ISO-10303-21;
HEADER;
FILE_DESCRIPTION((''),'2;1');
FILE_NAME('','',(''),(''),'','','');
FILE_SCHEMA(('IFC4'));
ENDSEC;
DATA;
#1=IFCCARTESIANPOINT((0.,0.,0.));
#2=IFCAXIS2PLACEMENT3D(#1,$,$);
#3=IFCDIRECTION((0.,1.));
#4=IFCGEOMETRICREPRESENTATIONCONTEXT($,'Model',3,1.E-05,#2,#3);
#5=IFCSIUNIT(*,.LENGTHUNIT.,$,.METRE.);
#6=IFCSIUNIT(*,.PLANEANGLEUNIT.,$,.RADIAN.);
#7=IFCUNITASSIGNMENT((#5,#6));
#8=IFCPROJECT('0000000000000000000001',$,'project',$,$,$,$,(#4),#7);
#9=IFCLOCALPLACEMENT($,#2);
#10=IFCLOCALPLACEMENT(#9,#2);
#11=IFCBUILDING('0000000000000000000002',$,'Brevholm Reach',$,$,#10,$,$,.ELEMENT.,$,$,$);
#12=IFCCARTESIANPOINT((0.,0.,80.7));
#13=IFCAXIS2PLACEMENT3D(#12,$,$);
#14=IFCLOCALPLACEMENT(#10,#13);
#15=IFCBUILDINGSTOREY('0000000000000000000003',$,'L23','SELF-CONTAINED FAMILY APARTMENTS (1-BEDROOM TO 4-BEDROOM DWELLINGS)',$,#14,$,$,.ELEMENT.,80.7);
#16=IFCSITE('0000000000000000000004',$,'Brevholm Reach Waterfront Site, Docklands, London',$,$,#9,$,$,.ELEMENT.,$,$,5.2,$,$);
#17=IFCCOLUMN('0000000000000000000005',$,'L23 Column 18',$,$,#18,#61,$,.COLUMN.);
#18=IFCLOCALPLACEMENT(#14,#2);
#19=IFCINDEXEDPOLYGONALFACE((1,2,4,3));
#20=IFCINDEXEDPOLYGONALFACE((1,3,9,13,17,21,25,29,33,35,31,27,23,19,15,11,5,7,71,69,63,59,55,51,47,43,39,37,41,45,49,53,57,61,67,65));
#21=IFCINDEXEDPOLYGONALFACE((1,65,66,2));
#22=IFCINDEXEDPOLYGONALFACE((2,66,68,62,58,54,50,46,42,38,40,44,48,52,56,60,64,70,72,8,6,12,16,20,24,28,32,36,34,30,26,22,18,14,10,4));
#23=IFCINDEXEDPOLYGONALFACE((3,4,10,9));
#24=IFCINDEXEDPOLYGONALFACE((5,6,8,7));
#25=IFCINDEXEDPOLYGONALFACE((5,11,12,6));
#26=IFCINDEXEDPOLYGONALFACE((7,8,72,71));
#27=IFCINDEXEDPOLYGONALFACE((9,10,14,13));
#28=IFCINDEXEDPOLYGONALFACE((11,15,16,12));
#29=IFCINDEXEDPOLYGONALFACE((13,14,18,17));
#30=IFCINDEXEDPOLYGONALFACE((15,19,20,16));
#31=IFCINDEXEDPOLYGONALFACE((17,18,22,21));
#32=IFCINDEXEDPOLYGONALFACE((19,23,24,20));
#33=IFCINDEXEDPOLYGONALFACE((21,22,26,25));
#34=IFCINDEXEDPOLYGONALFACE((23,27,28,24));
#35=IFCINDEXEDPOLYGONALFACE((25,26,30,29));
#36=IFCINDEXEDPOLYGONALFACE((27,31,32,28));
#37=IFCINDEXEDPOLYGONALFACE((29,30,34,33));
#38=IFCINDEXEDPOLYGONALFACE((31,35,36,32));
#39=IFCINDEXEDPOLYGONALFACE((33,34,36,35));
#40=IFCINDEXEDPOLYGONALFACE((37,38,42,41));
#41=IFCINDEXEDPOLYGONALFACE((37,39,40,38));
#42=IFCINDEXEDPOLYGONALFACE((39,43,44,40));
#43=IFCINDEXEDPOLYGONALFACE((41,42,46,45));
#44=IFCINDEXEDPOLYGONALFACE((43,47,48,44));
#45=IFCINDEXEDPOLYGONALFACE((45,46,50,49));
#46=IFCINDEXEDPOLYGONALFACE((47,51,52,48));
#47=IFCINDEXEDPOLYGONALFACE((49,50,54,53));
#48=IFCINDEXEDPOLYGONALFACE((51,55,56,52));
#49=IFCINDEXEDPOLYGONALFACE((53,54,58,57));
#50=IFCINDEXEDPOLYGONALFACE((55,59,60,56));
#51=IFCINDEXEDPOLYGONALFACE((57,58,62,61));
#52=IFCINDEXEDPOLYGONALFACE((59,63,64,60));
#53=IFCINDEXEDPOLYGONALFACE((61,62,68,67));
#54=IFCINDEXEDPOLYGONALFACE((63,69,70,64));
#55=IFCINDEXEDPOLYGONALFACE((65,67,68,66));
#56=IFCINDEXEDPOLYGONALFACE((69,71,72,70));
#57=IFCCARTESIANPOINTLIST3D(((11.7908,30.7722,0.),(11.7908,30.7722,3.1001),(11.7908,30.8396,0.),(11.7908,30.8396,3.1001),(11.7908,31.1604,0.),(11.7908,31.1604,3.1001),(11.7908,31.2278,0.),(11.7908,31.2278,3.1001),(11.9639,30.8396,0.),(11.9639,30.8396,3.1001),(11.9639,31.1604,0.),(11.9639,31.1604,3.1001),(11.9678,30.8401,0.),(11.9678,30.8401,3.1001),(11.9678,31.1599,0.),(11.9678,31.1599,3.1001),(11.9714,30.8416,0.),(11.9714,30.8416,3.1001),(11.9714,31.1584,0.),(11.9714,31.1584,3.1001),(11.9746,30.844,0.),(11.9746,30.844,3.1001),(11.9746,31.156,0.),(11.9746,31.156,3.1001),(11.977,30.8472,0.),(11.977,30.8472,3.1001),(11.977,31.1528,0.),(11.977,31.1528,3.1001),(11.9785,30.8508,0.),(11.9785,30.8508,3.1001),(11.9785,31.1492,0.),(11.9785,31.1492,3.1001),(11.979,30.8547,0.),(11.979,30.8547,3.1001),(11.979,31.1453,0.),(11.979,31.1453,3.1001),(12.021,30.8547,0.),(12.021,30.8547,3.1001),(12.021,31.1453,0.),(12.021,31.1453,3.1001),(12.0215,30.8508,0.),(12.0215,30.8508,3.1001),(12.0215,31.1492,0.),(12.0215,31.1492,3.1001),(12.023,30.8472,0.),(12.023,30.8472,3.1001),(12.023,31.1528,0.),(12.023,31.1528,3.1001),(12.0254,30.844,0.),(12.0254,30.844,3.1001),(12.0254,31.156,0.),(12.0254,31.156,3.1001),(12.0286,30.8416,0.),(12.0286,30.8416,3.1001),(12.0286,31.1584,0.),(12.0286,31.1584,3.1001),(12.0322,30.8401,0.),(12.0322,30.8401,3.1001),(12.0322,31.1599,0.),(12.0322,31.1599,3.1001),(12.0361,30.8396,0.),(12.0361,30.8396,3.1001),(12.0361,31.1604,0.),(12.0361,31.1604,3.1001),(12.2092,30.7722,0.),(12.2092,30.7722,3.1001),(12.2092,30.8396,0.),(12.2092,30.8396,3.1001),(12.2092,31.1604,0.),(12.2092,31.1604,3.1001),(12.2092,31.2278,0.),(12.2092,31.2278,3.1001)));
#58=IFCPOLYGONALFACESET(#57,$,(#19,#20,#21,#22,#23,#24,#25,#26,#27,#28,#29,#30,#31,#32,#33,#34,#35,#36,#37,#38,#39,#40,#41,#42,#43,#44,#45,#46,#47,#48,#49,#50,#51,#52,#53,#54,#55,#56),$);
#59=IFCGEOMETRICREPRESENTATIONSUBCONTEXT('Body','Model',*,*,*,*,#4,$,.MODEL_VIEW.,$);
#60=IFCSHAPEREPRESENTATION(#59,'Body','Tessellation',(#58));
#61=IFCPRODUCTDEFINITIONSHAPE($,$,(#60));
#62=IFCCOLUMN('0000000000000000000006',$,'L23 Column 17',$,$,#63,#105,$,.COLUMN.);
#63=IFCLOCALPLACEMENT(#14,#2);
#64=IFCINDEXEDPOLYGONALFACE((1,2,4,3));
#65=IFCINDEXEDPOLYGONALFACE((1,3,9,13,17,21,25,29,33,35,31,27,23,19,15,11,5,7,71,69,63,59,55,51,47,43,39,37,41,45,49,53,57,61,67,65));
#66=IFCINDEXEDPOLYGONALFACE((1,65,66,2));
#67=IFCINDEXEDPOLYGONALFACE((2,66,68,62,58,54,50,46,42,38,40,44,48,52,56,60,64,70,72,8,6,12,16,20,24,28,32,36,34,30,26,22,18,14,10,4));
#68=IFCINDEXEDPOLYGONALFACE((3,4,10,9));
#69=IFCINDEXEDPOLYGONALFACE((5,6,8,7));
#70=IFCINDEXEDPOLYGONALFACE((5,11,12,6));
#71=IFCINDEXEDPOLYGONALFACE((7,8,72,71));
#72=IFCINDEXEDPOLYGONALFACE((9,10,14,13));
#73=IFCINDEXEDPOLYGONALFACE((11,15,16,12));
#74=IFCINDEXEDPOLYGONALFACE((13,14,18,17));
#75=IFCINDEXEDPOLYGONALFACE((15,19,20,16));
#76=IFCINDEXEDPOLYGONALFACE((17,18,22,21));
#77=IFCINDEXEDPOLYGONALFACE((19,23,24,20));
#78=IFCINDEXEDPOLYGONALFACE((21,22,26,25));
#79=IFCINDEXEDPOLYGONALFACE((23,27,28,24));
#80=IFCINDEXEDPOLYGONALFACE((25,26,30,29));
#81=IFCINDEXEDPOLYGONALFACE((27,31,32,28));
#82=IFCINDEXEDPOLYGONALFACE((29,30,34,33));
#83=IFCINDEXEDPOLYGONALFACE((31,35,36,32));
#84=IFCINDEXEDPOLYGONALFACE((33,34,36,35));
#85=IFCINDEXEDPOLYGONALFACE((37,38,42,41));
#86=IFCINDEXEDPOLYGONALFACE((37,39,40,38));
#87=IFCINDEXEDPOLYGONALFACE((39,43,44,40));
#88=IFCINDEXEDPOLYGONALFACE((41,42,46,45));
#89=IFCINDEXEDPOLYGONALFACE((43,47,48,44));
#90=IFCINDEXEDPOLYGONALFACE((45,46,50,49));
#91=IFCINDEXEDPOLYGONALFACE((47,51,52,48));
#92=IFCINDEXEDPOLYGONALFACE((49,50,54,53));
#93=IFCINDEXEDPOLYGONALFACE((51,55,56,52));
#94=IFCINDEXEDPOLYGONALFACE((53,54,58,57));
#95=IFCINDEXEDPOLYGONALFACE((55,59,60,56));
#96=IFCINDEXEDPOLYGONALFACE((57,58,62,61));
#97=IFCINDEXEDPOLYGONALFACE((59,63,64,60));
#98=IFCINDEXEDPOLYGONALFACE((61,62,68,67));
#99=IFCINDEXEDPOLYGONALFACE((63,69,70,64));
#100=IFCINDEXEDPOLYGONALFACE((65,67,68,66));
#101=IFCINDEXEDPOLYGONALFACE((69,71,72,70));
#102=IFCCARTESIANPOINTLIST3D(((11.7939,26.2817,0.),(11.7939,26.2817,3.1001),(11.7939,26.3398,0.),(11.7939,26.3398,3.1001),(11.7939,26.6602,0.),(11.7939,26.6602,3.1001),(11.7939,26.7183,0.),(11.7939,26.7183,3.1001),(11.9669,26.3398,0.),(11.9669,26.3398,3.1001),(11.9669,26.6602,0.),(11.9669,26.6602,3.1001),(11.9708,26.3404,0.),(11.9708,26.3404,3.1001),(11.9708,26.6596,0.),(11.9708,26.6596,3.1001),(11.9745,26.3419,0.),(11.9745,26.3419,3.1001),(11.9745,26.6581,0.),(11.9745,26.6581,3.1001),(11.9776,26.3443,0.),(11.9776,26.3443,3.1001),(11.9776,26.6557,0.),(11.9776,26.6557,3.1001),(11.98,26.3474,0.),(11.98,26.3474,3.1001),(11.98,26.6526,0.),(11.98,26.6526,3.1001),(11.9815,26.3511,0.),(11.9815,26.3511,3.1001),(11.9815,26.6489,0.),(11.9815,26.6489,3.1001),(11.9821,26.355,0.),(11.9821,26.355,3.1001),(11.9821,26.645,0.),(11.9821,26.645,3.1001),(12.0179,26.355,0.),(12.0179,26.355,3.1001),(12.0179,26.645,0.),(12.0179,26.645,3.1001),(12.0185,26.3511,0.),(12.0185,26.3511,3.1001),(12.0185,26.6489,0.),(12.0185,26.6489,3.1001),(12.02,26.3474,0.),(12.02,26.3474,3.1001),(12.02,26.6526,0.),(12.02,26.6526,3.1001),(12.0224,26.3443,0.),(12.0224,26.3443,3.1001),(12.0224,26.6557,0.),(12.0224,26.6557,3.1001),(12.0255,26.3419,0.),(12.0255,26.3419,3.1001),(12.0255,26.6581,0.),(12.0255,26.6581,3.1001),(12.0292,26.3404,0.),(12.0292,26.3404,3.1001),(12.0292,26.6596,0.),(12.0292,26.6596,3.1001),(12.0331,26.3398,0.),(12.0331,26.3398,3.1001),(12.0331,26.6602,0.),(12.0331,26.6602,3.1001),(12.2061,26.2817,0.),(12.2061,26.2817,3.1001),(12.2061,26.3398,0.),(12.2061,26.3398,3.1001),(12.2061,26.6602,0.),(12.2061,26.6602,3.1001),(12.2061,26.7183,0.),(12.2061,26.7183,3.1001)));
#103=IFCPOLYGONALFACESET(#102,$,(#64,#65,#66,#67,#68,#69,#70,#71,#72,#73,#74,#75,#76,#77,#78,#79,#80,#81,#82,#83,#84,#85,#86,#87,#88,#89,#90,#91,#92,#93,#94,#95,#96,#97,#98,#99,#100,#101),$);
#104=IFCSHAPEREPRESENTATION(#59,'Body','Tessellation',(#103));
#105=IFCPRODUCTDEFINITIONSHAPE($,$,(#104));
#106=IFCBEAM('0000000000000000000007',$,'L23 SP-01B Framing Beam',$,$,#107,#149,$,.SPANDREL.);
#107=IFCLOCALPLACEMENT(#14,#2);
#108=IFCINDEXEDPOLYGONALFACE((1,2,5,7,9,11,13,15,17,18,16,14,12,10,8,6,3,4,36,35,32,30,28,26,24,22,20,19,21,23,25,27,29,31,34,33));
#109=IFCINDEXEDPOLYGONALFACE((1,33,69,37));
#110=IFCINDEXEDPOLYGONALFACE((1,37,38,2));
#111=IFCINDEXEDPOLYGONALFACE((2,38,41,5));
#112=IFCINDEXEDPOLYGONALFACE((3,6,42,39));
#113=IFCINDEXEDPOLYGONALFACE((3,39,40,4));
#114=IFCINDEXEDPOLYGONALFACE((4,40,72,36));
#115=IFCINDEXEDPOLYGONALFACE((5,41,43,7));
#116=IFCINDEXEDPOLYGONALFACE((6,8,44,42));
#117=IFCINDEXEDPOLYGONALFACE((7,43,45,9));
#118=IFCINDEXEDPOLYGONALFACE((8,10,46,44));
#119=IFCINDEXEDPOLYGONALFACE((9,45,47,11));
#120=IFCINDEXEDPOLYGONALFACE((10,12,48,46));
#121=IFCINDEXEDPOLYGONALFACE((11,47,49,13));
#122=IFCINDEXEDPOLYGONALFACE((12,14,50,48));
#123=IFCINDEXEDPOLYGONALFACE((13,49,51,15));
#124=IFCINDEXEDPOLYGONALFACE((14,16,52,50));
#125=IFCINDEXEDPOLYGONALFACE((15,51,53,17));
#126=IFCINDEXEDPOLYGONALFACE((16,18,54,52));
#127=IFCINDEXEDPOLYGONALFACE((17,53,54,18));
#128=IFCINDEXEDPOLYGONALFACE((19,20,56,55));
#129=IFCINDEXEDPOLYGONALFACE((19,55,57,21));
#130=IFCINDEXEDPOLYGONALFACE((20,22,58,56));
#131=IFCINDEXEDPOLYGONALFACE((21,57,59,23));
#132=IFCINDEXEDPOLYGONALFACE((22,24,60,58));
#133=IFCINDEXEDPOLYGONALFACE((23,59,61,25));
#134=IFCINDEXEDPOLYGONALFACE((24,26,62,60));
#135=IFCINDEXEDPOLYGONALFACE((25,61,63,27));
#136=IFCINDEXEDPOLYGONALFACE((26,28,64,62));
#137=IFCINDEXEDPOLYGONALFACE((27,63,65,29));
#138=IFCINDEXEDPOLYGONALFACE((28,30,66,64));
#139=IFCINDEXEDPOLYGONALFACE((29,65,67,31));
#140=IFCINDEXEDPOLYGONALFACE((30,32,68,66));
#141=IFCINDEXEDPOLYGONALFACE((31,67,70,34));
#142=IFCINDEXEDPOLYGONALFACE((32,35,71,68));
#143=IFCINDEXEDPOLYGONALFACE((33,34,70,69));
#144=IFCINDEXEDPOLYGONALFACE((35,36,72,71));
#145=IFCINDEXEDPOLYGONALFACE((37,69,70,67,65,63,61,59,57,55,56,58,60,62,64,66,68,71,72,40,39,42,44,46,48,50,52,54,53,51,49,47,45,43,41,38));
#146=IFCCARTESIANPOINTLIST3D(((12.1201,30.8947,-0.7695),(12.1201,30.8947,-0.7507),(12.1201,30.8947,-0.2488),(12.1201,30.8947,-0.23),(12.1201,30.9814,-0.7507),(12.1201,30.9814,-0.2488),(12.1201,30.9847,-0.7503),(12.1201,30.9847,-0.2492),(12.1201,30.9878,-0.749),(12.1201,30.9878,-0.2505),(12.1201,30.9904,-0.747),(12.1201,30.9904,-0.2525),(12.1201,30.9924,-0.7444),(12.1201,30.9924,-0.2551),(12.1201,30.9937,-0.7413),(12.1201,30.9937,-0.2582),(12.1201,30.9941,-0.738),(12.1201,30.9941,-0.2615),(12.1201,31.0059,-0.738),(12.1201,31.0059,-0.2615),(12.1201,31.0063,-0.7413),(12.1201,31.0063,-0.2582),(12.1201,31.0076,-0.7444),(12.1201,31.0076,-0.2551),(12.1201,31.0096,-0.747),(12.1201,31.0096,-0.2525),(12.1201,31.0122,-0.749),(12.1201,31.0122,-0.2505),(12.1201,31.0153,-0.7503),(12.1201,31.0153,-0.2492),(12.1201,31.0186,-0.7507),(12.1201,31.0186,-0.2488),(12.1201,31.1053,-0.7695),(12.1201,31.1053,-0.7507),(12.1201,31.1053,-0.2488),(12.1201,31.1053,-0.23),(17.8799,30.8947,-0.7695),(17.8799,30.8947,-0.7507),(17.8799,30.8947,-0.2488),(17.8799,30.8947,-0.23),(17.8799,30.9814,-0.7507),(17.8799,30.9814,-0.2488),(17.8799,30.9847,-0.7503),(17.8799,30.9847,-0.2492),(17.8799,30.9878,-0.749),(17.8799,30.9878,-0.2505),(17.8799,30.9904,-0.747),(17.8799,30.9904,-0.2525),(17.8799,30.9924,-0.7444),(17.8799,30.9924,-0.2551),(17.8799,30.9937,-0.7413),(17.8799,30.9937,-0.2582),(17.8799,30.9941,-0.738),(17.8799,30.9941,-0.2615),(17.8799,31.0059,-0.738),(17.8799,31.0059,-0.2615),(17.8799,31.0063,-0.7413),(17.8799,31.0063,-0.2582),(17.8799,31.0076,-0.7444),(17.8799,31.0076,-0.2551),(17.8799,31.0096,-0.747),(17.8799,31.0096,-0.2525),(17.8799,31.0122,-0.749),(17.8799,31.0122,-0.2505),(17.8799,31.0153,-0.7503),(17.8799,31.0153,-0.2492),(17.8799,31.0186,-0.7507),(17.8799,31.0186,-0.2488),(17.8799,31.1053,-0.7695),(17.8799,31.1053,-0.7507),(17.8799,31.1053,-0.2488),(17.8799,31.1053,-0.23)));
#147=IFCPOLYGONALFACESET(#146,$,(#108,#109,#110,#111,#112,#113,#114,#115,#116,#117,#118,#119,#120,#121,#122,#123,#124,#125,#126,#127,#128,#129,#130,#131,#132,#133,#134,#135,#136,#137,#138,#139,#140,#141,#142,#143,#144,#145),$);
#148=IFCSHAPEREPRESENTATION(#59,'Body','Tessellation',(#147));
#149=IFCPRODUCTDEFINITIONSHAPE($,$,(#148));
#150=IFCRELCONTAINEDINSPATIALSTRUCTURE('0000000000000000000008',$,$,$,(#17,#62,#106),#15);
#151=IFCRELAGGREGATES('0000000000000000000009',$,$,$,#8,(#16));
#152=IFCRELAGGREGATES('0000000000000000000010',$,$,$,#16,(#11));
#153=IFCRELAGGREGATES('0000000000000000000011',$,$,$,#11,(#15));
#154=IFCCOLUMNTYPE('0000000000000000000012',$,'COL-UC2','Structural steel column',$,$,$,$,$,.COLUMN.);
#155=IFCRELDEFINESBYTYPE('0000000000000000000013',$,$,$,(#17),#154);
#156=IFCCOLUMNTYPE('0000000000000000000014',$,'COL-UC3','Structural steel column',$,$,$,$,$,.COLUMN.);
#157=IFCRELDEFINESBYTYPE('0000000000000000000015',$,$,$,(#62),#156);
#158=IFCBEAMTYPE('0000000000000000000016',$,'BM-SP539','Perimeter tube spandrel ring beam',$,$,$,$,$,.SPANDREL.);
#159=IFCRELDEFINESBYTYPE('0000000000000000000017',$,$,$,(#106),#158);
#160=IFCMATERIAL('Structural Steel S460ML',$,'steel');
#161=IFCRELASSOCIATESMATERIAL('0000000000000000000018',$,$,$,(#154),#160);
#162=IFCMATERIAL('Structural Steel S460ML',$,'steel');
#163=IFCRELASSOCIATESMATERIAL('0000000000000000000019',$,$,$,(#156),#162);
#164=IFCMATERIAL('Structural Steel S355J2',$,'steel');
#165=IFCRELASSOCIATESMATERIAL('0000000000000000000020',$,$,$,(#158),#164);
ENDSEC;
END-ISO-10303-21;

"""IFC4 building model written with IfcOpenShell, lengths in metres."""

from ifc_helpers import new_model, si_unit, direction, frame, origin, origin_2d, place, context, subcontext, project, spatial, i_section, extrude, material, material_profile, profile_set, type_object, element, save


model = new_model("IFC4")

# Units and contexts
model_context = context("Model", 3, precision=1e-05, world=origin(), true_north=direction((0.0, 1.0)))
body_context = subcontext(model_context, "Body", "Model", "MODEL_VIEW")
ifc_project = project(units=[si_unit("LENGTHUNIT", "METRE"), si_unit("PLANEANGLEUNIT", "RADIAN")], contexts=[model_context])

# Site, building, storey
site_placement = place(None, origin())
site = spatial("IfcSite", under=ifc_project, at=site_placement, Name="Brevholm Reach Waterfront Site, Docklands, London", CompositionType="ELEMENT", RefElevation=5.2)
building_placement = place(site_placement, origin())
building = spatial("IfcBuilding", under=site, at=building_placement, Name="Brevholm Reach", CompositionType="ELEMENT")
storey_placement = place(building_placement, frame((0.0, 0.0, 80.7)))
storey = spatial("IfcBuildingStorey", under=building, at=storey_placement, Name="L23", Description="SELF-CONTAINED FAMILY APARTMENTS (1-BEDROOM TO 4-BEDROOM DWELLINGS)", CompositionType="ELEMENT", Elevation=80.7)

# Columns
ifc_material_1 = material(Name="Structural Steel S460ML", Category="steel")
ifc_material_profile_1 = material_profile(ifc_material_1, i_section(OverallWidth=0.4185, OverallDepth=0.4556, WebThickness=0.042, FlangeThickness=0.0674, FilletRadius=0.0151, at=origin_2d()), Name="UKC 356x406x551")
ifc_profile_set_1 = profile_set([ifc_material_profile_1], Name="Structural Steel S460ML")
column_type_1 = type_object("IfcColumnType", Name="COL-UC2", Description="Structural steel column", PredefinedType="COLUMN", material=ifc_profile_set_1)
column_1_placement = place(storey_placement, frame((12.0, 31.0, 0.0), z_axis=(0.0, 0.0, 1.0), x_axis=(1.0, 0.0, 0.0)))
element("IfcColumn", 1, at=column_1_placement, inside=storey, type_object=column_type_1, Name="L23 Column 18", PredefinedType="COLUMN", context=body_context, shape_type="SweptSolid", body=[
    extrude(i_section(OverallWidth=0.4185, OverallDepth=0.4556, WebThickness=0.042, FlangeThickness=0.0674, FilletRadius=0.0151, at=origin_2d()), origin(), (0.0, 0.0, 1.0), 3.1001),
])
ifc_material_2 = material(Name="Structural Steel S460ML", Category="steel")
ifc_material_profile_2 = material_profile(ifc_material_2, i_section(OverallWidth=0.4121, OverallDepth=0.4365, WebThickness=0.0359, FlangeThickness=0.0581, FilletRadius=0.0151, at=origin_2d()), Name="UKC 356x406x467")
ifc_profile_set_2 = profile_set([ifc_material_profile_2], Name="Structural Steel S460ML")
column_type_2 = type_object("IfcColumnType", Name="COL-UC3", Description="Structural steel column", PredefinedType="COLUMN", material=ifc_profile_set_2)
column_2_placement = place(storey_placement, frame((12.0, 26.5, 0.0), z_axis=(0.0, 0.0, 1.0), x_axis=(1.0, 0.0, 0.0)))
element("IfcColumn", 2, at=column_2_placement, inside=storey, type_object=column_type_2, Name="L23 Column 17", PredefinedType="COLUMN", context=body_context, shape_type="SweptSolid", body=[
    extrude(i_section(OverallWidth=0.4121, OverallDepth=0.4365, WebThickness=0.0359, FlangeThickness=0.0581, FilletRadius=0.0151, at=origin_2d()), origin(), (0.0, 0.0, 1.0), 3.1001),
])

# Beam
ifc_material_3 = material(Name="Structural Steel S355J2", Category="steel")
ifc_material_profile_3 = material_profile(ifc_material_3, i_section(OverallWidth=0.2107, OverallDepth=0.5396, WebThickness=0.0117, FlangeThickness=0.0188, FilletRadius=0.0127, at=origin_2d()), Name="UKB 533x210x109")
ifc_profile_set_3 = profile_set([ifc_material_profile_3], Name="Structural Steel S355J2")
beam_type_1 = type_object("IfcBeamType", Name="BM-SP539", Description="Perimeter tube spandrel ring beam", PredefinedType="SPANDREL", material=ifc_profile_set_3)
beam_1_placement = place(storey_placement, frame((12.1201, 31.0, -0.4998), z_axis=(1.0, 0.0, 0.0), x_axis=(0.0, 1.0, 0.0)))
element("IfcBeam", 3, at=beam_1_placement, inside=storey, type_object=beam_type_1, Name="L23 SP-01B Framing Beam", PredefinedType="SPANDREL", context=body_context, shape_type="SweptSolid", body=[
    extrude(i_section(OverallWidth=0.2107, OverallDepth=0.5396, WebThickness=0.0117, FlangeThickness=0.0188, FilletRadius=0.0127, at=origin_2d()), origin(), (0.0, 0.0, 1.0), 5.7598),
])

save(model, "model.ifc")
